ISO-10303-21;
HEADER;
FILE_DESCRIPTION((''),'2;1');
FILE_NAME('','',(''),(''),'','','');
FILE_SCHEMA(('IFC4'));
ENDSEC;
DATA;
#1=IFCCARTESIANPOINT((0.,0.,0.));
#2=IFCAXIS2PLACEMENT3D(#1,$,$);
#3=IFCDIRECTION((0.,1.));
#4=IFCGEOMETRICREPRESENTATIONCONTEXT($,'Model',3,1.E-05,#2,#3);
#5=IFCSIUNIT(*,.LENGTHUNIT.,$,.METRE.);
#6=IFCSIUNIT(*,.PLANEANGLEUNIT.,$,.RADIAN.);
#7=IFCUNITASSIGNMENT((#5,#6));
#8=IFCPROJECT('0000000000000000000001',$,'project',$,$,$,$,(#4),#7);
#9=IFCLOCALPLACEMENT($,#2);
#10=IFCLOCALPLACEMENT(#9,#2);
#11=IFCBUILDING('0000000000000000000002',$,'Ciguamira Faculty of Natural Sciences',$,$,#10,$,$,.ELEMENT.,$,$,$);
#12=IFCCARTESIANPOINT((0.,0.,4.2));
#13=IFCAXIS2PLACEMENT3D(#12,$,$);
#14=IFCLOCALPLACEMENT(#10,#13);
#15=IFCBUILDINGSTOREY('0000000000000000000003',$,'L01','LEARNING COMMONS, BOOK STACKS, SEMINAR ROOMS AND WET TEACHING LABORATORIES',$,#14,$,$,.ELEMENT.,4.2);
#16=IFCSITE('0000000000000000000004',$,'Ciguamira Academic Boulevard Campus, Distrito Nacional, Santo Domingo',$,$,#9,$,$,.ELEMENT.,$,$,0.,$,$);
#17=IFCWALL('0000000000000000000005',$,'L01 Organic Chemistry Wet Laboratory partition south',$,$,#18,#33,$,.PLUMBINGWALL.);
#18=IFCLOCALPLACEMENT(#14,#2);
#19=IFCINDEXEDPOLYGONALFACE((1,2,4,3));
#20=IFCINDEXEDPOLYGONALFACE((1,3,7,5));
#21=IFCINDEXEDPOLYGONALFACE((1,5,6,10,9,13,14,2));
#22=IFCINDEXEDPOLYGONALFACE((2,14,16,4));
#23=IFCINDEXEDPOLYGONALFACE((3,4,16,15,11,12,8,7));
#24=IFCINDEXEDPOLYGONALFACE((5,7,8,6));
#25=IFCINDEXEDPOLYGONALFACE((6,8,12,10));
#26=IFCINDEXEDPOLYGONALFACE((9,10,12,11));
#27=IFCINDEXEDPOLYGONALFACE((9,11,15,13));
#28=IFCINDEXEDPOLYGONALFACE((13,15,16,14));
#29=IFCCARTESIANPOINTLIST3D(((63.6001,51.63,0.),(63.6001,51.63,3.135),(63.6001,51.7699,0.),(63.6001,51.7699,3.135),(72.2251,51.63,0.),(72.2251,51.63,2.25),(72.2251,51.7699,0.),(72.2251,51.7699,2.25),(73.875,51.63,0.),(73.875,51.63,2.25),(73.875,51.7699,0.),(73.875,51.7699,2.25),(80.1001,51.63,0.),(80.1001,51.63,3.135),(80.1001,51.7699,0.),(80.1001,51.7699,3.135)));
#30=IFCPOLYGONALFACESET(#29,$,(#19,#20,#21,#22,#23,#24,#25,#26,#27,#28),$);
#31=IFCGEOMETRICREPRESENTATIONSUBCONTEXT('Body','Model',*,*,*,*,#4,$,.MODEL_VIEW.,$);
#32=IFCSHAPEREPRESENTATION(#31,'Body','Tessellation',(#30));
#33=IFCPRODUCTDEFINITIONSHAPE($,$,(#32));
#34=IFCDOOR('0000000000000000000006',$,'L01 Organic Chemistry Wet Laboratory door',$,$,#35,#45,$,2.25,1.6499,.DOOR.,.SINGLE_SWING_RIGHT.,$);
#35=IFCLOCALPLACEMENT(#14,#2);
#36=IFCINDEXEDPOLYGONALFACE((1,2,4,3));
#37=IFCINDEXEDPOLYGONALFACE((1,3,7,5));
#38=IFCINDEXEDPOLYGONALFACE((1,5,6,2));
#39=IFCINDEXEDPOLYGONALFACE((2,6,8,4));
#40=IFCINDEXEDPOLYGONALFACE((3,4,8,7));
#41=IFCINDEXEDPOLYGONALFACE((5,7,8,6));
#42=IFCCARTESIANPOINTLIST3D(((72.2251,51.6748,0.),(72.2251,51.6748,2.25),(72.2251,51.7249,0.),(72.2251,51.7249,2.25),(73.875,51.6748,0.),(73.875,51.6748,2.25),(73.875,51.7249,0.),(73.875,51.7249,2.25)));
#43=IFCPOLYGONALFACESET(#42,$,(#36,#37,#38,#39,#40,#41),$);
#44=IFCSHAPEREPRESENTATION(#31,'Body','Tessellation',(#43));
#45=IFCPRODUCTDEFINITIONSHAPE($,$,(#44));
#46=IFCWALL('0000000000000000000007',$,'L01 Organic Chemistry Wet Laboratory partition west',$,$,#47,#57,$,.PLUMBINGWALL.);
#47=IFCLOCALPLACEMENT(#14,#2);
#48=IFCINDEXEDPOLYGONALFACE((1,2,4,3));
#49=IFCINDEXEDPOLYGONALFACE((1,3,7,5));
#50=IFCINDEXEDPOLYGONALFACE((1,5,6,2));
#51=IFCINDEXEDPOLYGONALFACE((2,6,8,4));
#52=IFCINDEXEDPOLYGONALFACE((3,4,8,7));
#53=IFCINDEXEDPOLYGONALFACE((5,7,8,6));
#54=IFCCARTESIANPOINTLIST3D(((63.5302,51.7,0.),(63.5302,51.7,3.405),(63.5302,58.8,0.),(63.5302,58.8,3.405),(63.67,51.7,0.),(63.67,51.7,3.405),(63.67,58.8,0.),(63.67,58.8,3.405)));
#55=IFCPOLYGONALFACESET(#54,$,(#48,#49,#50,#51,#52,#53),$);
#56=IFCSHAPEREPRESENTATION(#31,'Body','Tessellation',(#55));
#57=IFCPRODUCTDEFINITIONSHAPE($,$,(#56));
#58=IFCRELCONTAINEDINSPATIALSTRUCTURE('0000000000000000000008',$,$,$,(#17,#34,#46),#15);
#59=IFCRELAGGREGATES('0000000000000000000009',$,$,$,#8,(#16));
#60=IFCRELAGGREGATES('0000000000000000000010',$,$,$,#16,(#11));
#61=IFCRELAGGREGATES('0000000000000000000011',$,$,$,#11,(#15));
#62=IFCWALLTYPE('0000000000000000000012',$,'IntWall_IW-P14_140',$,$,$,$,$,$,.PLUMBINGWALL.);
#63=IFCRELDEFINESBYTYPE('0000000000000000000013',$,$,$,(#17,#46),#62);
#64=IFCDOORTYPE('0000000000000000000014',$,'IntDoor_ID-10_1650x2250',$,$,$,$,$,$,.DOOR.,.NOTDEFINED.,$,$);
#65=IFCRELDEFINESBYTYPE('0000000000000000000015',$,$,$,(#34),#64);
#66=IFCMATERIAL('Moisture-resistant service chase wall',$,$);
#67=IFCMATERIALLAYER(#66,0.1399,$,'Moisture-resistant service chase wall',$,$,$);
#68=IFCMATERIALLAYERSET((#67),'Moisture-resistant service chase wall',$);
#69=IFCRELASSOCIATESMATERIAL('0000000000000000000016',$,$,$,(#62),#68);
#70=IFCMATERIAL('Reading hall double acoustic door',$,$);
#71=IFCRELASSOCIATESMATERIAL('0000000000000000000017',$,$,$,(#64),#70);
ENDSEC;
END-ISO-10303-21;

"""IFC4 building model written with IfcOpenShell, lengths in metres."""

from ifc_helpers import new_model, si_unit, direction, frame, frame_2d, origin, place, context, subcontext, project, spatial, rectangle, extrude, material, layer, layer_set, type_object, element, fill, save


model = new_model("IFC4")

# Units and contexts
model_context = context("Model", 3, precision=1e-05, world=origin(), true_north=direction((0.0, 1.0)))
body_context = subcontext(model_context, "Body", "Model", "MODEL_VIEW")
ifc_project = project(units=[si_unit("LENGTHUNIT", "METRE"), si_unit("PLANEANGLEUNIT", "RADIAN")], contexts=[model_context])

# Site, building, storey
site_placement = place(None, origin())
site = spatial("IfcSite", under=ifc_project, at=site_placement, Name="Ciguamira Academic Boulevard Campus, Distrito Nacional, Santo Domingo", CompositionType="ELEMENT", RefElevation=0.0)
building_placement = place(site_placement, origin())
building = spatial("IfcBuilding", under=site, at=building_placement, Name="Ciguamira Faculty of Natural Sciences", CompositionType="ELEMENT")
storey_placement = place(building_placement, frame((0.0, 0.0, 4.2)))
storey = spatial("IfcBuildingStorey", under=building, at=storey_placement, Name="L01", Description="LEARNING COMMONS, BOOK STACKS, SEMINAR ROOMS AND WET TEACHING LABORATORIES", CompositionType="ELEMENT", Elevation=4.2)

# Wall, opening, door
ifc_material_1 = material(Name="Moisture-resistant service chase wall")
ifc_layer_1 = layer(ifc_material_1, 0.1399, Name="Moisture-resistant service chase wall")
ifc_layer_set_1 = layer_set([ifc_layer_1], Name="Moisture-resistant service chase wall")
wall_type_1 = type_object("IfcWallType", Name="IntWall_IW-P14_140", PredefinedType="PLUMBINGWALL", material=ifc_layer_set_1)
wall_1_placement = place(storey_placement, frame((63.6001, 51.7, 0.0), z_axis=(0.0, 0.0, 1.0), x_axis=(1.0, 0.0, 0.0)))
wall_1 = element("IfcWall", 1, at=wall_1_placement, inside=storey, type_object=wall_type_1, Name="L01 Organic Chemistry Wet Laboratory partition south", PredefinedType="PLUMBINGWALL", context=body_context, shape_type="SweptSolid", body=[
    extrude(rectangle(XDim=16.5, YDim=0.1399, at=frame_2d((8.25, 0.0))), origin(), (0.0, 0.0, 1.0), 3.135),
])
opening_1_placement = place(wall_1_placement, frame((8.625, 0.0, 0.0)))
opening_1 = element("IfcOpeningElement", 2, at=opening_1_placement, cuts=wall_1, PredefinedType="OPENING", context=body_context, shape_type="SweptSolid", body=[
    extrude(rectangle(XDim=1.6499, YDim=2.25, at=frame_2d((0.825, 1.125))), frame((0.0, 0.0798, 0.0), z_axis=(0.0, -1.0, 0.0), x_axis=(1.0, 0.0, 0.0)), (0.0, 0.0, 1.0), 0.1599),
])
ifc_material_2 = material(Name="Reading hall double acoustic door")
door_type_1 = type_object("IfcDoorType", Name="IntDoor_ID-10_1650x2250", OperationType="NOTDEFINED", PredefinedType="DOOR", material=ifc_material_2)
door_1_placement = place(opening_1_placement, origin())
door_1 = element("IfcDoor", 3, at=door_1_placement, inside=storey, type_object=door_type_1, Name="L01 Organic Chemistry Wet Laboratory door", OperationType="SINGLE_SWING_RIGHT", OverallHeight=2.25, OverallWidth=1.6499, PredefinedType="DOOR", context=body_context, shape_type="SweptSolid", body=[
    extrude(rectangle(XDim=1.6499, YDim=2.25, at=frame_2d((0.825, 1.125))), frame((0.0, 0.0249, 0.0), z_axis=(0.0, -1.0, 0.0), x_axis=(1.0, 0.0, 0.0)), (0.0, 0.0, 1.0), 0.05),
])
fill(opening_1, door_1)

# Wall
wall_2_placement = place(storey_placement, frame((63.6001, 51.7, 0.0), z_axis=(0.0, 0.0, 1.0), x_axis=(0.0, 1.0, 0.0)))
element("IfcWall", 4, at=wall_2_placement, inside=storey, type_object=wall_type_1, Name="L01 Organic Chemistry Wet Laboratory partition west", PredefinedType="PLUMBINGWALL", context=body_context, shape_type="SweptSolid", body=[
    extrude(rectangle(XDim=7.1001, YDim=0.1399, at=frame_2d((3.55, 0.0))), origin(), (0.0, 0.0, 1.0), 3.405),
])

save(model, "model.ifc")
